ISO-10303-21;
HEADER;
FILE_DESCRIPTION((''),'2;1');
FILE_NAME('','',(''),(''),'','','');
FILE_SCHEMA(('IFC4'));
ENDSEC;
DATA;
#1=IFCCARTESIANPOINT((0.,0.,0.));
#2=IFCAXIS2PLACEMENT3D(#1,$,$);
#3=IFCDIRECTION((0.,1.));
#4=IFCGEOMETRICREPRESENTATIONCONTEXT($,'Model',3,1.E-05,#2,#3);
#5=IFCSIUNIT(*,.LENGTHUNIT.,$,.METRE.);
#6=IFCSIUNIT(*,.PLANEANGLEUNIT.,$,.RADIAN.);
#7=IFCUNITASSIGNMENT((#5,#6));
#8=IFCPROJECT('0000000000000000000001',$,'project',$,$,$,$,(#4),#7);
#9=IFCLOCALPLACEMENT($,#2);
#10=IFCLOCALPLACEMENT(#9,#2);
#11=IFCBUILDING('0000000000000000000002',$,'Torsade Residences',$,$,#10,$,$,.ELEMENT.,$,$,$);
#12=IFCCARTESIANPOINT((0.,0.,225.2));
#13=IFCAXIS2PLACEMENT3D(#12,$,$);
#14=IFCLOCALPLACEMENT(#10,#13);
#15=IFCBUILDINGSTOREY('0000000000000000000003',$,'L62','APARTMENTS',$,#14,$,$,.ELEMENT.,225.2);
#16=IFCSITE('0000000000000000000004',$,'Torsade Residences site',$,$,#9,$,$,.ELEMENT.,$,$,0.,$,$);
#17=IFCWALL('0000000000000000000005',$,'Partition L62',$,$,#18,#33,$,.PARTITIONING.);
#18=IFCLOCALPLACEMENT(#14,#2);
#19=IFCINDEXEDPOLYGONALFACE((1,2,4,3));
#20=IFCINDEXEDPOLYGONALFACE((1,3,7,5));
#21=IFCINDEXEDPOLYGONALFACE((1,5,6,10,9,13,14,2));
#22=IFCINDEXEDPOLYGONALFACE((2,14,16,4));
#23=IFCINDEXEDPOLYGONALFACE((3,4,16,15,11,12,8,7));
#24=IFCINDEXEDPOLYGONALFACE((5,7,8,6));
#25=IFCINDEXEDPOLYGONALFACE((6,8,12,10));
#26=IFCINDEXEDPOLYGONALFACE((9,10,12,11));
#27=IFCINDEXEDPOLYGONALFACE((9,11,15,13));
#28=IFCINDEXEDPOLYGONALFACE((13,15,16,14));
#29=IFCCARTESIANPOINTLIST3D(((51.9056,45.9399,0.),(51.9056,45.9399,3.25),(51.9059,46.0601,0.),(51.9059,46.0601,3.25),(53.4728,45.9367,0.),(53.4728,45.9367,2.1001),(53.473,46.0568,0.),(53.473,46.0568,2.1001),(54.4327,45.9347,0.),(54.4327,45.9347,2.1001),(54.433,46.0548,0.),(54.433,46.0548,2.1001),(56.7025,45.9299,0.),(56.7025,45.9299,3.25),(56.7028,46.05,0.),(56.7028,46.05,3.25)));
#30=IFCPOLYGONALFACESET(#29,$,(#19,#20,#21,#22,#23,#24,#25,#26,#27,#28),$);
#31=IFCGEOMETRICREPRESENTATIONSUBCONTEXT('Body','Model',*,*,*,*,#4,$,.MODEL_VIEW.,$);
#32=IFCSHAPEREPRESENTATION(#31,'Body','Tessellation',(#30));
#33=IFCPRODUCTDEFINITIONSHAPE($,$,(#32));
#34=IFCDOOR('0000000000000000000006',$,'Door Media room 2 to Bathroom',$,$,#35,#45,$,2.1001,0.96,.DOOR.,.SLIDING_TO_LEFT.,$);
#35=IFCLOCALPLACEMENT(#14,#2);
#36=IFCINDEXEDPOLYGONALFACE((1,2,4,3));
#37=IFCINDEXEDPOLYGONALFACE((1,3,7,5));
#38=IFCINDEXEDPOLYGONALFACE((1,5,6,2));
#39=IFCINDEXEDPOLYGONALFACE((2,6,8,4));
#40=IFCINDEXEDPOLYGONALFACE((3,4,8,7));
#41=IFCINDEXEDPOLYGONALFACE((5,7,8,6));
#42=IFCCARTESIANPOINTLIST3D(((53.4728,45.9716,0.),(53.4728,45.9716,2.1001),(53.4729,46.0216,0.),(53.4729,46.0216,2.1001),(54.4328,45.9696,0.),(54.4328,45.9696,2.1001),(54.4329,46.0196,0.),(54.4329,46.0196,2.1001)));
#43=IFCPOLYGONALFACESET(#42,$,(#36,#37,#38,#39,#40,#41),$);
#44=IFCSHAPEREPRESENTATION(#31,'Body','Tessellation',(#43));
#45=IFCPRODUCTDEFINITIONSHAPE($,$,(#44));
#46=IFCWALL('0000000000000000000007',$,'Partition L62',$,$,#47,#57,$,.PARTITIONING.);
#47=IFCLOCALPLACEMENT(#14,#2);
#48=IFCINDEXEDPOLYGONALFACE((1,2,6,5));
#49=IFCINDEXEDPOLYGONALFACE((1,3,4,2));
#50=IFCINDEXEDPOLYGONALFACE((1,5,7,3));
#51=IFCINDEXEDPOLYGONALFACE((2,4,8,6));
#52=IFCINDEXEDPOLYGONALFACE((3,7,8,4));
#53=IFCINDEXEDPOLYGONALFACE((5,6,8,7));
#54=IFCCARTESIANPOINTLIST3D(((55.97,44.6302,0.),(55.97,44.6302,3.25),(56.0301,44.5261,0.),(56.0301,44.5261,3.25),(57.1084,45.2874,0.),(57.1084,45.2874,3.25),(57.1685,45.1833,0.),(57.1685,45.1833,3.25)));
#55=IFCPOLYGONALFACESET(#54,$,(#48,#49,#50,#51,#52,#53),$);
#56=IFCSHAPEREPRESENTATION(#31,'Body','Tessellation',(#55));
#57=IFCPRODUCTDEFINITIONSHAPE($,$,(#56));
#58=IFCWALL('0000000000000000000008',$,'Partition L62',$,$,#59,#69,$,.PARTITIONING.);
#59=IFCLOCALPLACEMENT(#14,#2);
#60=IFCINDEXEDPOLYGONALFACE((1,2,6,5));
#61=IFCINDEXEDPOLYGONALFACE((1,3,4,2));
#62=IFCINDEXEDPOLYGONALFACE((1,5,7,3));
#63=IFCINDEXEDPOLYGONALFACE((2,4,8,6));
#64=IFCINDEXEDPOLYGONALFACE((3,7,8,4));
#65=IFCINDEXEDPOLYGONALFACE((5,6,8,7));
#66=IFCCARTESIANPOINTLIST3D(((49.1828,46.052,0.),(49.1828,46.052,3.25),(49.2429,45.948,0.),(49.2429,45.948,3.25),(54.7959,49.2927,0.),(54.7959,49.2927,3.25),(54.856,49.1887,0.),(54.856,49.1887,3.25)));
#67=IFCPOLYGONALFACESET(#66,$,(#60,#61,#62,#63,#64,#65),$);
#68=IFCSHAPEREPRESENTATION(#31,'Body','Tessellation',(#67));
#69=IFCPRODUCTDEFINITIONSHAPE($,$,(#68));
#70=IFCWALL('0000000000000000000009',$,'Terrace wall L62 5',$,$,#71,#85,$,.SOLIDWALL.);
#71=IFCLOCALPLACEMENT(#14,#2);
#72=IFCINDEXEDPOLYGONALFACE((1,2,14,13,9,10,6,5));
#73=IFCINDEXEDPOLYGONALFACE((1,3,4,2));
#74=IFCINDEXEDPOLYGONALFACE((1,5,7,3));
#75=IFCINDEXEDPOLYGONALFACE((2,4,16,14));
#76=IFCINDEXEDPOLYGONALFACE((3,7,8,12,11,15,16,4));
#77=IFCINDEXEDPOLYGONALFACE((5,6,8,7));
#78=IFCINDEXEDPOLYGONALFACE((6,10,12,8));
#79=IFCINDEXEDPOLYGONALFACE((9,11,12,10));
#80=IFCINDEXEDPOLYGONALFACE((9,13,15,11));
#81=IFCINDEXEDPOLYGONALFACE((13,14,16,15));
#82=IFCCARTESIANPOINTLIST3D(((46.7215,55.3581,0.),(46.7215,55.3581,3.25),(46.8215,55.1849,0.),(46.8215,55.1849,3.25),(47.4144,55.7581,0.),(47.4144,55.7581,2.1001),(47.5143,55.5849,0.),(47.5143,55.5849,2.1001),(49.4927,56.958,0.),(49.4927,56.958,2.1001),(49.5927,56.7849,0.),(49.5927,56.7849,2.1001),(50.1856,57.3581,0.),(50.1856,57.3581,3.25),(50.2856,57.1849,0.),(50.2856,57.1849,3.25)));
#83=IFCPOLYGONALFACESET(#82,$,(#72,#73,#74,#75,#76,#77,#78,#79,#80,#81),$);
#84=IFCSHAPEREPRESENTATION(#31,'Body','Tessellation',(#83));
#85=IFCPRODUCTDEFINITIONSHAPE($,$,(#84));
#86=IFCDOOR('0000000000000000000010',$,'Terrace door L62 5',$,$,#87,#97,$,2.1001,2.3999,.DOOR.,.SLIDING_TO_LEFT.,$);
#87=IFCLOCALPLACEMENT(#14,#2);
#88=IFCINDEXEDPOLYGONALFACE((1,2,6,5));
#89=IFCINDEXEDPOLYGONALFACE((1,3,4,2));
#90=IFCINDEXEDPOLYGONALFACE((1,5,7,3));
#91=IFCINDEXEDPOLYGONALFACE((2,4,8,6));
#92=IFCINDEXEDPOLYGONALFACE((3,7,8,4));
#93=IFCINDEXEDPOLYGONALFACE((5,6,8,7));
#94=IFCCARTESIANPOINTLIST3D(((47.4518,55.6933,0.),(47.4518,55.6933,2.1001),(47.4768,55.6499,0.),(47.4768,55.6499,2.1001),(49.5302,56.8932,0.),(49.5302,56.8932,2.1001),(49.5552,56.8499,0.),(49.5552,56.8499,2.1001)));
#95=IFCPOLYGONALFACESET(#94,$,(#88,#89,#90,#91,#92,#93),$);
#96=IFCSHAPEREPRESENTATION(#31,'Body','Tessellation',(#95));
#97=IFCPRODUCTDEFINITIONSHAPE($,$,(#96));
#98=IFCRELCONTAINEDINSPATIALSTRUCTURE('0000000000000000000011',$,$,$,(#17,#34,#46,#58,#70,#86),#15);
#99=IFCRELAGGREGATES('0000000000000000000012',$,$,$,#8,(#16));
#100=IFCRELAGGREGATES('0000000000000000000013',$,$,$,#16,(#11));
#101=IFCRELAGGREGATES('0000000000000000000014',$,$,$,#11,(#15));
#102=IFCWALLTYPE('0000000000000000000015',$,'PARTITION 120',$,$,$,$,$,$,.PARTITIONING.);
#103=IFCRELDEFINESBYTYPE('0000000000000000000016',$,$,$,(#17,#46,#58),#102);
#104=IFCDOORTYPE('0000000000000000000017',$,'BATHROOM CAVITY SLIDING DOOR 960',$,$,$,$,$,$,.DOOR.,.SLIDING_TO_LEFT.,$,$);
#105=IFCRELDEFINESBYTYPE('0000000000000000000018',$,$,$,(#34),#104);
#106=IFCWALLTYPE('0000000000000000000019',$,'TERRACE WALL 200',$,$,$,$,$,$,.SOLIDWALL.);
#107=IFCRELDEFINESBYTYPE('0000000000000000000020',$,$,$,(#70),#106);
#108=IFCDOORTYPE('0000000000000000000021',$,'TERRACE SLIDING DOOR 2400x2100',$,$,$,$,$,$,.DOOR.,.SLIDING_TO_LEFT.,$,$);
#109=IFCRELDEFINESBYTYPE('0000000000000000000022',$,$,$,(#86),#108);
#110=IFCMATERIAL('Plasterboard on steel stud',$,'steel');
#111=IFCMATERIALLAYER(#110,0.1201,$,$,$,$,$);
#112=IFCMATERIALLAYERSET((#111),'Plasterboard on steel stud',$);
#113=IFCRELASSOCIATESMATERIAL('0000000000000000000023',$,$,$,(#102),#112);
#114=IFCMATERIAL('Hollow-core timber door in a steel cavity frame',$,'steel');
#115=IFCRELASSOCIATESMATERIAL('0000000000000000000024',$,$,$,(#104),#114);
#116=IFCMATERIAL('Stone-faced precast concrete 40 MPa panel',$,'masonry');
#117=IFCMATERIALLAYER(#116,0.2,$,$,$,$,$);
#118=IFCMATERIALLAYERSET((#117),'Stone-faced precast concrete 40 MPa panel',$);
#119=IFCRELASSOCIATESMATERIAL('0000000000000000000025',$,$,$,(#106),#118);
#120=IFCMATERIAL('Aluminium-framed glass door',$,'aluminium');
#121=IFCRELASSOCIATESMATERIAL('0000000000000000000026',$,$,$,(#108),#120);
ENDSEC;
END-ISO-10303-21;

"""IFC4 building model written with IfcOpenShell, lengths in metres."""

from ifc_helpers import new_model, si_unit, direction, frame, frame_2d, origin, place, context, subcontext, project, spatial, rectangle, extrude, material, layer, layer_set, type_object, element, fill, save


model = new_model("IFC4")

# Units and contexts
model_context = context("Model", 3, precision=1e-05, world=origin(), true_north=direction((0.0, 1.0)))
body_context = subcontext(model_context, "Body", "Model", "MODEL_VIEW")
ifc_project = project(units=[si_unit("LENGTHUNIT", "METRE"), si_unit("PLANEANGLEUNIT", "RADIAN")], contexts=[model_context])

# Site, building, storey
site_placement = place(None, origin())
site = spatial("IfcSite", under=ifc_project, at=site_placement, Name="Torsade Residences site", CompositionType="ELEMENT", RefElevation=0.0)
building_placement = place(site_placement, origin())
building = spatial("IfcBuilding", under=site, at=building_placement, Name="Torsade Residences", CompositionType="ELEMENT")
storey_placement = place(building_placement, frame((0.0, 0.0, 225.2)))
storey = spatial("IfcBuildingStorey", under=building, at=storey_placement, Name="L62", Description="APARTMENTS", CompositionType="ELEMENT", Elevation=225.2)

# Shared definitions
ifc_material_1 = material(Name="Plasterboard on steel stud", Category="steel")
ifc_layer_1 = layer(ifc_material_1, 0.1201)
ifc_layer_set_1 = layer_set([ifc_layer_1], Name="Plasterboard on steel stud")
wall_type_1 = type_object("IfcWallType", Name="PARTITION 120", PredefinedType="PARTITIONING", material=ifc_layer_set_1)
ifc_material_2 = material(Name="Hollow-core timber door in a steel cavity frame", Category="steel")
door_type_1 = type_object("IfcDoorType", Name="BATHROOM CAVITY SLIDING DOOR 960", OperationType="SLIDING_TO_LEFT", PredefinedType="DOOR", material=ifc_material_2)

# Wall, opening, door
wall_1_placement = place(storey_placement, frame((51.9058, 46.0, 0.0), z_axis=(0.0, 0.0, 1.0), x_axis=(0.999998, -0.002087, 0.0)))
wall_1 = element("IfcWall", 1, at=wall_1_placement, inside=storey, type_object=wall_type_1, Name="Partition L62", PredefinedType="PARTITIONING", context=body_context, shape_type="SweptSolid", body=[
    extrude(rectangle(XDim=4.7969, YDim=0.1201, at=frame_2d((2.3984, 0.0))), origin(), (0.0, 0.0, 1.0), 3.25),
])
opening_1_placement = place(wall_1_placement, frame((1.5671, 0.0, 0.0)))
opening_1 = element("IfcOpeningElement", 2, at=opening_1_placement, cuts=wall_1, PredefinedType="OPENING", context=body_context, shape_type="SweptSolid", body=[
    extrude(rectangle(XDim=0.96, YDim=2.1001, at=frame_2d((0.48, 1.05))), frame((0.0, 0.0701, 0.0), z_axis=(0.0, -1.0, 0.0), x_axis=(1.0, 0.0, 0.0)), (0.0, 0.0, 1.0), 0.1401),
])
door_1_placement = place(opening_1_placement, origin())
door_1 = element("IfcDoor", 3, at=door_1_placement, inside=storey, type_object=door_type_1, Name="Door Media room 2 to Bathroom", OperationType="SLIDING_TO_LEFT", OverallHeight=2.1001, OverallWidth=0.96, PredefinedType="DOOR", context=body_context, shape_type="SweptSolid", body=[
    extrude(rectangle(XDim=0.96, YDim=2.1001, at=frame_2d((0.48, 1.05))), frame((0.0, 0.0249, 0.0), z_axis=(0.0, -1.0, 0.0), x_axis=(1.0, 0.0, 0.0)), (0.0, 0.0, 1.0), 0.05),
])
fill(opening_1, door_1)

# Walls
wall_2_placement = place(storey_placement, frame((57.1384, 45.2354, 0.0), z_axis=(0.0, 0.0, 1.0), x_axis=(-0.86604, -0.499974, 0.0)))
element("IfcWall", 4, at=wall_2_placement, inside=storey, type_object=wall_type_1, Name="Partition L62", PredefinedType="PARTITIONING", context=body_context, shape_type="SweptSolid", body=[
    extrude(rectangle(XDim=1.3145, YDim=0.1201, at=frame_2d((0.6572, 0.0))), origin(), (0.0, 0.0, 1.0), 3.25),
])
wall_3_placement = place(storey_placement, frame((54.8259, 49.2407, 0.0), z_axis=(0.0, 0.0, 1.0), x_axis=(-0.866023, -0.500004, 0.0)))
element("IfcWall", 5, at=wall_3_placement, inside=storey, type_object=wall_type_1, Name="Partition L62", PredefinedType="PARTITIONING", context=body_context, shape_type="SweptSolid", body=[
    extrude(rectangle(XDim=6.4814, YDim=0.1201, at=frame_2d((3.2407, 0.0))), origin(), (0.0, 0.0, 1.0), 3.25),
])

# Wall, opening, door
ifc_material_3 = material(Name="Stone-faced precast concrete 40 MPa panel", Category="masonry")
ifc_layer_2 = layer(ifc_material_3, 0.2)
ifc_layer_set_2 = layer_set([ifc_layer_2], Name="Stone-faced precast concrete 40 MPa panel")
wall_type_2 = type_object("IfcWallType", Name="TERRACE WALL 200", PredefinedType="SOLIDWALL", material=ifc_layer_set_2)
wall_4_placement = place(storey_placement, frame((50.2356, 57.2715, 0.0), z_axis=(0.0, 0.0, 1.0), x_axis=(-0.866026, -0.499999, 0.0)))
wall_4 = element("IfcWall", 6, at=wall_4_placement, inside=storey, type_object=wall_type_2, Name="Terrace wall L62 5", PredefinedType="SOLIDWALL", context=body_context, shape_type="SweptSolid", body=[
    extrude(rectangle(XDim=4.0, YDim=0.2, at=frame_2d((2.0, 0.0))), origin(), (0.0, 0.0, 1.0), 3.25),
])
opening_2_placement = place(wall_4_placement, frame((0.8, 0.0, 0.0)))
opening_2 = element("IfcOpeningElement", 7, at=opening_2_placement, cuts=wall_4, PredefinedType="OPENING", context=body_context, shape_type="SweptSolid", body=[
    extrude(rectangle(XDim=2.3999, YDim=2.1001, at=frame_2d((1.2, 1.05))), frame((0.0, 0.1099, 0.0), z_axis=(0.0, -1.0, 0.0), x_axis=(1.0, 0.0, 0.0)), (0.0, 0.0, 1.0), 0.22),
])
ifc_material_4 = material(Name="Aluminium-framed glass door", Category="aluminium")
door_type_2 = type_object("IfcDoorType", Name="TERRACE SLIDING DOOR 2400x2100", OperationType="SLIDING_TO_LEFT", PredefinedType="DOOR", material=ifc_material_4)
door_2_placement = place(opening_2_placement, origin())
door_2 = element("IfcDoor", 8, at=door_2_placement, inside=storey, type_object=door_type_2, Name="Terrace door L62 5", OperationType="SLIDING_TO_LEFT", OverallHeight=2.1001, OverallWidth=2.3999, PredefinedType="DOOR", context=body_context, shape_type="SweptSolid", body=[
    extrude(rectangle(XDim=2.3999, YDim=2.1001, at=frame_2d((1.2, 1.05))), frame((0.0, 0.0249, 0.0), z_axis=(0.0, -1.0, 0.0), x_axis=(1.0, 0.0, 0.0)), (0.0, 0.0, 1.0), 0.05),
])
fill(opening_2, door_2)

save(model, "model.ifc")
